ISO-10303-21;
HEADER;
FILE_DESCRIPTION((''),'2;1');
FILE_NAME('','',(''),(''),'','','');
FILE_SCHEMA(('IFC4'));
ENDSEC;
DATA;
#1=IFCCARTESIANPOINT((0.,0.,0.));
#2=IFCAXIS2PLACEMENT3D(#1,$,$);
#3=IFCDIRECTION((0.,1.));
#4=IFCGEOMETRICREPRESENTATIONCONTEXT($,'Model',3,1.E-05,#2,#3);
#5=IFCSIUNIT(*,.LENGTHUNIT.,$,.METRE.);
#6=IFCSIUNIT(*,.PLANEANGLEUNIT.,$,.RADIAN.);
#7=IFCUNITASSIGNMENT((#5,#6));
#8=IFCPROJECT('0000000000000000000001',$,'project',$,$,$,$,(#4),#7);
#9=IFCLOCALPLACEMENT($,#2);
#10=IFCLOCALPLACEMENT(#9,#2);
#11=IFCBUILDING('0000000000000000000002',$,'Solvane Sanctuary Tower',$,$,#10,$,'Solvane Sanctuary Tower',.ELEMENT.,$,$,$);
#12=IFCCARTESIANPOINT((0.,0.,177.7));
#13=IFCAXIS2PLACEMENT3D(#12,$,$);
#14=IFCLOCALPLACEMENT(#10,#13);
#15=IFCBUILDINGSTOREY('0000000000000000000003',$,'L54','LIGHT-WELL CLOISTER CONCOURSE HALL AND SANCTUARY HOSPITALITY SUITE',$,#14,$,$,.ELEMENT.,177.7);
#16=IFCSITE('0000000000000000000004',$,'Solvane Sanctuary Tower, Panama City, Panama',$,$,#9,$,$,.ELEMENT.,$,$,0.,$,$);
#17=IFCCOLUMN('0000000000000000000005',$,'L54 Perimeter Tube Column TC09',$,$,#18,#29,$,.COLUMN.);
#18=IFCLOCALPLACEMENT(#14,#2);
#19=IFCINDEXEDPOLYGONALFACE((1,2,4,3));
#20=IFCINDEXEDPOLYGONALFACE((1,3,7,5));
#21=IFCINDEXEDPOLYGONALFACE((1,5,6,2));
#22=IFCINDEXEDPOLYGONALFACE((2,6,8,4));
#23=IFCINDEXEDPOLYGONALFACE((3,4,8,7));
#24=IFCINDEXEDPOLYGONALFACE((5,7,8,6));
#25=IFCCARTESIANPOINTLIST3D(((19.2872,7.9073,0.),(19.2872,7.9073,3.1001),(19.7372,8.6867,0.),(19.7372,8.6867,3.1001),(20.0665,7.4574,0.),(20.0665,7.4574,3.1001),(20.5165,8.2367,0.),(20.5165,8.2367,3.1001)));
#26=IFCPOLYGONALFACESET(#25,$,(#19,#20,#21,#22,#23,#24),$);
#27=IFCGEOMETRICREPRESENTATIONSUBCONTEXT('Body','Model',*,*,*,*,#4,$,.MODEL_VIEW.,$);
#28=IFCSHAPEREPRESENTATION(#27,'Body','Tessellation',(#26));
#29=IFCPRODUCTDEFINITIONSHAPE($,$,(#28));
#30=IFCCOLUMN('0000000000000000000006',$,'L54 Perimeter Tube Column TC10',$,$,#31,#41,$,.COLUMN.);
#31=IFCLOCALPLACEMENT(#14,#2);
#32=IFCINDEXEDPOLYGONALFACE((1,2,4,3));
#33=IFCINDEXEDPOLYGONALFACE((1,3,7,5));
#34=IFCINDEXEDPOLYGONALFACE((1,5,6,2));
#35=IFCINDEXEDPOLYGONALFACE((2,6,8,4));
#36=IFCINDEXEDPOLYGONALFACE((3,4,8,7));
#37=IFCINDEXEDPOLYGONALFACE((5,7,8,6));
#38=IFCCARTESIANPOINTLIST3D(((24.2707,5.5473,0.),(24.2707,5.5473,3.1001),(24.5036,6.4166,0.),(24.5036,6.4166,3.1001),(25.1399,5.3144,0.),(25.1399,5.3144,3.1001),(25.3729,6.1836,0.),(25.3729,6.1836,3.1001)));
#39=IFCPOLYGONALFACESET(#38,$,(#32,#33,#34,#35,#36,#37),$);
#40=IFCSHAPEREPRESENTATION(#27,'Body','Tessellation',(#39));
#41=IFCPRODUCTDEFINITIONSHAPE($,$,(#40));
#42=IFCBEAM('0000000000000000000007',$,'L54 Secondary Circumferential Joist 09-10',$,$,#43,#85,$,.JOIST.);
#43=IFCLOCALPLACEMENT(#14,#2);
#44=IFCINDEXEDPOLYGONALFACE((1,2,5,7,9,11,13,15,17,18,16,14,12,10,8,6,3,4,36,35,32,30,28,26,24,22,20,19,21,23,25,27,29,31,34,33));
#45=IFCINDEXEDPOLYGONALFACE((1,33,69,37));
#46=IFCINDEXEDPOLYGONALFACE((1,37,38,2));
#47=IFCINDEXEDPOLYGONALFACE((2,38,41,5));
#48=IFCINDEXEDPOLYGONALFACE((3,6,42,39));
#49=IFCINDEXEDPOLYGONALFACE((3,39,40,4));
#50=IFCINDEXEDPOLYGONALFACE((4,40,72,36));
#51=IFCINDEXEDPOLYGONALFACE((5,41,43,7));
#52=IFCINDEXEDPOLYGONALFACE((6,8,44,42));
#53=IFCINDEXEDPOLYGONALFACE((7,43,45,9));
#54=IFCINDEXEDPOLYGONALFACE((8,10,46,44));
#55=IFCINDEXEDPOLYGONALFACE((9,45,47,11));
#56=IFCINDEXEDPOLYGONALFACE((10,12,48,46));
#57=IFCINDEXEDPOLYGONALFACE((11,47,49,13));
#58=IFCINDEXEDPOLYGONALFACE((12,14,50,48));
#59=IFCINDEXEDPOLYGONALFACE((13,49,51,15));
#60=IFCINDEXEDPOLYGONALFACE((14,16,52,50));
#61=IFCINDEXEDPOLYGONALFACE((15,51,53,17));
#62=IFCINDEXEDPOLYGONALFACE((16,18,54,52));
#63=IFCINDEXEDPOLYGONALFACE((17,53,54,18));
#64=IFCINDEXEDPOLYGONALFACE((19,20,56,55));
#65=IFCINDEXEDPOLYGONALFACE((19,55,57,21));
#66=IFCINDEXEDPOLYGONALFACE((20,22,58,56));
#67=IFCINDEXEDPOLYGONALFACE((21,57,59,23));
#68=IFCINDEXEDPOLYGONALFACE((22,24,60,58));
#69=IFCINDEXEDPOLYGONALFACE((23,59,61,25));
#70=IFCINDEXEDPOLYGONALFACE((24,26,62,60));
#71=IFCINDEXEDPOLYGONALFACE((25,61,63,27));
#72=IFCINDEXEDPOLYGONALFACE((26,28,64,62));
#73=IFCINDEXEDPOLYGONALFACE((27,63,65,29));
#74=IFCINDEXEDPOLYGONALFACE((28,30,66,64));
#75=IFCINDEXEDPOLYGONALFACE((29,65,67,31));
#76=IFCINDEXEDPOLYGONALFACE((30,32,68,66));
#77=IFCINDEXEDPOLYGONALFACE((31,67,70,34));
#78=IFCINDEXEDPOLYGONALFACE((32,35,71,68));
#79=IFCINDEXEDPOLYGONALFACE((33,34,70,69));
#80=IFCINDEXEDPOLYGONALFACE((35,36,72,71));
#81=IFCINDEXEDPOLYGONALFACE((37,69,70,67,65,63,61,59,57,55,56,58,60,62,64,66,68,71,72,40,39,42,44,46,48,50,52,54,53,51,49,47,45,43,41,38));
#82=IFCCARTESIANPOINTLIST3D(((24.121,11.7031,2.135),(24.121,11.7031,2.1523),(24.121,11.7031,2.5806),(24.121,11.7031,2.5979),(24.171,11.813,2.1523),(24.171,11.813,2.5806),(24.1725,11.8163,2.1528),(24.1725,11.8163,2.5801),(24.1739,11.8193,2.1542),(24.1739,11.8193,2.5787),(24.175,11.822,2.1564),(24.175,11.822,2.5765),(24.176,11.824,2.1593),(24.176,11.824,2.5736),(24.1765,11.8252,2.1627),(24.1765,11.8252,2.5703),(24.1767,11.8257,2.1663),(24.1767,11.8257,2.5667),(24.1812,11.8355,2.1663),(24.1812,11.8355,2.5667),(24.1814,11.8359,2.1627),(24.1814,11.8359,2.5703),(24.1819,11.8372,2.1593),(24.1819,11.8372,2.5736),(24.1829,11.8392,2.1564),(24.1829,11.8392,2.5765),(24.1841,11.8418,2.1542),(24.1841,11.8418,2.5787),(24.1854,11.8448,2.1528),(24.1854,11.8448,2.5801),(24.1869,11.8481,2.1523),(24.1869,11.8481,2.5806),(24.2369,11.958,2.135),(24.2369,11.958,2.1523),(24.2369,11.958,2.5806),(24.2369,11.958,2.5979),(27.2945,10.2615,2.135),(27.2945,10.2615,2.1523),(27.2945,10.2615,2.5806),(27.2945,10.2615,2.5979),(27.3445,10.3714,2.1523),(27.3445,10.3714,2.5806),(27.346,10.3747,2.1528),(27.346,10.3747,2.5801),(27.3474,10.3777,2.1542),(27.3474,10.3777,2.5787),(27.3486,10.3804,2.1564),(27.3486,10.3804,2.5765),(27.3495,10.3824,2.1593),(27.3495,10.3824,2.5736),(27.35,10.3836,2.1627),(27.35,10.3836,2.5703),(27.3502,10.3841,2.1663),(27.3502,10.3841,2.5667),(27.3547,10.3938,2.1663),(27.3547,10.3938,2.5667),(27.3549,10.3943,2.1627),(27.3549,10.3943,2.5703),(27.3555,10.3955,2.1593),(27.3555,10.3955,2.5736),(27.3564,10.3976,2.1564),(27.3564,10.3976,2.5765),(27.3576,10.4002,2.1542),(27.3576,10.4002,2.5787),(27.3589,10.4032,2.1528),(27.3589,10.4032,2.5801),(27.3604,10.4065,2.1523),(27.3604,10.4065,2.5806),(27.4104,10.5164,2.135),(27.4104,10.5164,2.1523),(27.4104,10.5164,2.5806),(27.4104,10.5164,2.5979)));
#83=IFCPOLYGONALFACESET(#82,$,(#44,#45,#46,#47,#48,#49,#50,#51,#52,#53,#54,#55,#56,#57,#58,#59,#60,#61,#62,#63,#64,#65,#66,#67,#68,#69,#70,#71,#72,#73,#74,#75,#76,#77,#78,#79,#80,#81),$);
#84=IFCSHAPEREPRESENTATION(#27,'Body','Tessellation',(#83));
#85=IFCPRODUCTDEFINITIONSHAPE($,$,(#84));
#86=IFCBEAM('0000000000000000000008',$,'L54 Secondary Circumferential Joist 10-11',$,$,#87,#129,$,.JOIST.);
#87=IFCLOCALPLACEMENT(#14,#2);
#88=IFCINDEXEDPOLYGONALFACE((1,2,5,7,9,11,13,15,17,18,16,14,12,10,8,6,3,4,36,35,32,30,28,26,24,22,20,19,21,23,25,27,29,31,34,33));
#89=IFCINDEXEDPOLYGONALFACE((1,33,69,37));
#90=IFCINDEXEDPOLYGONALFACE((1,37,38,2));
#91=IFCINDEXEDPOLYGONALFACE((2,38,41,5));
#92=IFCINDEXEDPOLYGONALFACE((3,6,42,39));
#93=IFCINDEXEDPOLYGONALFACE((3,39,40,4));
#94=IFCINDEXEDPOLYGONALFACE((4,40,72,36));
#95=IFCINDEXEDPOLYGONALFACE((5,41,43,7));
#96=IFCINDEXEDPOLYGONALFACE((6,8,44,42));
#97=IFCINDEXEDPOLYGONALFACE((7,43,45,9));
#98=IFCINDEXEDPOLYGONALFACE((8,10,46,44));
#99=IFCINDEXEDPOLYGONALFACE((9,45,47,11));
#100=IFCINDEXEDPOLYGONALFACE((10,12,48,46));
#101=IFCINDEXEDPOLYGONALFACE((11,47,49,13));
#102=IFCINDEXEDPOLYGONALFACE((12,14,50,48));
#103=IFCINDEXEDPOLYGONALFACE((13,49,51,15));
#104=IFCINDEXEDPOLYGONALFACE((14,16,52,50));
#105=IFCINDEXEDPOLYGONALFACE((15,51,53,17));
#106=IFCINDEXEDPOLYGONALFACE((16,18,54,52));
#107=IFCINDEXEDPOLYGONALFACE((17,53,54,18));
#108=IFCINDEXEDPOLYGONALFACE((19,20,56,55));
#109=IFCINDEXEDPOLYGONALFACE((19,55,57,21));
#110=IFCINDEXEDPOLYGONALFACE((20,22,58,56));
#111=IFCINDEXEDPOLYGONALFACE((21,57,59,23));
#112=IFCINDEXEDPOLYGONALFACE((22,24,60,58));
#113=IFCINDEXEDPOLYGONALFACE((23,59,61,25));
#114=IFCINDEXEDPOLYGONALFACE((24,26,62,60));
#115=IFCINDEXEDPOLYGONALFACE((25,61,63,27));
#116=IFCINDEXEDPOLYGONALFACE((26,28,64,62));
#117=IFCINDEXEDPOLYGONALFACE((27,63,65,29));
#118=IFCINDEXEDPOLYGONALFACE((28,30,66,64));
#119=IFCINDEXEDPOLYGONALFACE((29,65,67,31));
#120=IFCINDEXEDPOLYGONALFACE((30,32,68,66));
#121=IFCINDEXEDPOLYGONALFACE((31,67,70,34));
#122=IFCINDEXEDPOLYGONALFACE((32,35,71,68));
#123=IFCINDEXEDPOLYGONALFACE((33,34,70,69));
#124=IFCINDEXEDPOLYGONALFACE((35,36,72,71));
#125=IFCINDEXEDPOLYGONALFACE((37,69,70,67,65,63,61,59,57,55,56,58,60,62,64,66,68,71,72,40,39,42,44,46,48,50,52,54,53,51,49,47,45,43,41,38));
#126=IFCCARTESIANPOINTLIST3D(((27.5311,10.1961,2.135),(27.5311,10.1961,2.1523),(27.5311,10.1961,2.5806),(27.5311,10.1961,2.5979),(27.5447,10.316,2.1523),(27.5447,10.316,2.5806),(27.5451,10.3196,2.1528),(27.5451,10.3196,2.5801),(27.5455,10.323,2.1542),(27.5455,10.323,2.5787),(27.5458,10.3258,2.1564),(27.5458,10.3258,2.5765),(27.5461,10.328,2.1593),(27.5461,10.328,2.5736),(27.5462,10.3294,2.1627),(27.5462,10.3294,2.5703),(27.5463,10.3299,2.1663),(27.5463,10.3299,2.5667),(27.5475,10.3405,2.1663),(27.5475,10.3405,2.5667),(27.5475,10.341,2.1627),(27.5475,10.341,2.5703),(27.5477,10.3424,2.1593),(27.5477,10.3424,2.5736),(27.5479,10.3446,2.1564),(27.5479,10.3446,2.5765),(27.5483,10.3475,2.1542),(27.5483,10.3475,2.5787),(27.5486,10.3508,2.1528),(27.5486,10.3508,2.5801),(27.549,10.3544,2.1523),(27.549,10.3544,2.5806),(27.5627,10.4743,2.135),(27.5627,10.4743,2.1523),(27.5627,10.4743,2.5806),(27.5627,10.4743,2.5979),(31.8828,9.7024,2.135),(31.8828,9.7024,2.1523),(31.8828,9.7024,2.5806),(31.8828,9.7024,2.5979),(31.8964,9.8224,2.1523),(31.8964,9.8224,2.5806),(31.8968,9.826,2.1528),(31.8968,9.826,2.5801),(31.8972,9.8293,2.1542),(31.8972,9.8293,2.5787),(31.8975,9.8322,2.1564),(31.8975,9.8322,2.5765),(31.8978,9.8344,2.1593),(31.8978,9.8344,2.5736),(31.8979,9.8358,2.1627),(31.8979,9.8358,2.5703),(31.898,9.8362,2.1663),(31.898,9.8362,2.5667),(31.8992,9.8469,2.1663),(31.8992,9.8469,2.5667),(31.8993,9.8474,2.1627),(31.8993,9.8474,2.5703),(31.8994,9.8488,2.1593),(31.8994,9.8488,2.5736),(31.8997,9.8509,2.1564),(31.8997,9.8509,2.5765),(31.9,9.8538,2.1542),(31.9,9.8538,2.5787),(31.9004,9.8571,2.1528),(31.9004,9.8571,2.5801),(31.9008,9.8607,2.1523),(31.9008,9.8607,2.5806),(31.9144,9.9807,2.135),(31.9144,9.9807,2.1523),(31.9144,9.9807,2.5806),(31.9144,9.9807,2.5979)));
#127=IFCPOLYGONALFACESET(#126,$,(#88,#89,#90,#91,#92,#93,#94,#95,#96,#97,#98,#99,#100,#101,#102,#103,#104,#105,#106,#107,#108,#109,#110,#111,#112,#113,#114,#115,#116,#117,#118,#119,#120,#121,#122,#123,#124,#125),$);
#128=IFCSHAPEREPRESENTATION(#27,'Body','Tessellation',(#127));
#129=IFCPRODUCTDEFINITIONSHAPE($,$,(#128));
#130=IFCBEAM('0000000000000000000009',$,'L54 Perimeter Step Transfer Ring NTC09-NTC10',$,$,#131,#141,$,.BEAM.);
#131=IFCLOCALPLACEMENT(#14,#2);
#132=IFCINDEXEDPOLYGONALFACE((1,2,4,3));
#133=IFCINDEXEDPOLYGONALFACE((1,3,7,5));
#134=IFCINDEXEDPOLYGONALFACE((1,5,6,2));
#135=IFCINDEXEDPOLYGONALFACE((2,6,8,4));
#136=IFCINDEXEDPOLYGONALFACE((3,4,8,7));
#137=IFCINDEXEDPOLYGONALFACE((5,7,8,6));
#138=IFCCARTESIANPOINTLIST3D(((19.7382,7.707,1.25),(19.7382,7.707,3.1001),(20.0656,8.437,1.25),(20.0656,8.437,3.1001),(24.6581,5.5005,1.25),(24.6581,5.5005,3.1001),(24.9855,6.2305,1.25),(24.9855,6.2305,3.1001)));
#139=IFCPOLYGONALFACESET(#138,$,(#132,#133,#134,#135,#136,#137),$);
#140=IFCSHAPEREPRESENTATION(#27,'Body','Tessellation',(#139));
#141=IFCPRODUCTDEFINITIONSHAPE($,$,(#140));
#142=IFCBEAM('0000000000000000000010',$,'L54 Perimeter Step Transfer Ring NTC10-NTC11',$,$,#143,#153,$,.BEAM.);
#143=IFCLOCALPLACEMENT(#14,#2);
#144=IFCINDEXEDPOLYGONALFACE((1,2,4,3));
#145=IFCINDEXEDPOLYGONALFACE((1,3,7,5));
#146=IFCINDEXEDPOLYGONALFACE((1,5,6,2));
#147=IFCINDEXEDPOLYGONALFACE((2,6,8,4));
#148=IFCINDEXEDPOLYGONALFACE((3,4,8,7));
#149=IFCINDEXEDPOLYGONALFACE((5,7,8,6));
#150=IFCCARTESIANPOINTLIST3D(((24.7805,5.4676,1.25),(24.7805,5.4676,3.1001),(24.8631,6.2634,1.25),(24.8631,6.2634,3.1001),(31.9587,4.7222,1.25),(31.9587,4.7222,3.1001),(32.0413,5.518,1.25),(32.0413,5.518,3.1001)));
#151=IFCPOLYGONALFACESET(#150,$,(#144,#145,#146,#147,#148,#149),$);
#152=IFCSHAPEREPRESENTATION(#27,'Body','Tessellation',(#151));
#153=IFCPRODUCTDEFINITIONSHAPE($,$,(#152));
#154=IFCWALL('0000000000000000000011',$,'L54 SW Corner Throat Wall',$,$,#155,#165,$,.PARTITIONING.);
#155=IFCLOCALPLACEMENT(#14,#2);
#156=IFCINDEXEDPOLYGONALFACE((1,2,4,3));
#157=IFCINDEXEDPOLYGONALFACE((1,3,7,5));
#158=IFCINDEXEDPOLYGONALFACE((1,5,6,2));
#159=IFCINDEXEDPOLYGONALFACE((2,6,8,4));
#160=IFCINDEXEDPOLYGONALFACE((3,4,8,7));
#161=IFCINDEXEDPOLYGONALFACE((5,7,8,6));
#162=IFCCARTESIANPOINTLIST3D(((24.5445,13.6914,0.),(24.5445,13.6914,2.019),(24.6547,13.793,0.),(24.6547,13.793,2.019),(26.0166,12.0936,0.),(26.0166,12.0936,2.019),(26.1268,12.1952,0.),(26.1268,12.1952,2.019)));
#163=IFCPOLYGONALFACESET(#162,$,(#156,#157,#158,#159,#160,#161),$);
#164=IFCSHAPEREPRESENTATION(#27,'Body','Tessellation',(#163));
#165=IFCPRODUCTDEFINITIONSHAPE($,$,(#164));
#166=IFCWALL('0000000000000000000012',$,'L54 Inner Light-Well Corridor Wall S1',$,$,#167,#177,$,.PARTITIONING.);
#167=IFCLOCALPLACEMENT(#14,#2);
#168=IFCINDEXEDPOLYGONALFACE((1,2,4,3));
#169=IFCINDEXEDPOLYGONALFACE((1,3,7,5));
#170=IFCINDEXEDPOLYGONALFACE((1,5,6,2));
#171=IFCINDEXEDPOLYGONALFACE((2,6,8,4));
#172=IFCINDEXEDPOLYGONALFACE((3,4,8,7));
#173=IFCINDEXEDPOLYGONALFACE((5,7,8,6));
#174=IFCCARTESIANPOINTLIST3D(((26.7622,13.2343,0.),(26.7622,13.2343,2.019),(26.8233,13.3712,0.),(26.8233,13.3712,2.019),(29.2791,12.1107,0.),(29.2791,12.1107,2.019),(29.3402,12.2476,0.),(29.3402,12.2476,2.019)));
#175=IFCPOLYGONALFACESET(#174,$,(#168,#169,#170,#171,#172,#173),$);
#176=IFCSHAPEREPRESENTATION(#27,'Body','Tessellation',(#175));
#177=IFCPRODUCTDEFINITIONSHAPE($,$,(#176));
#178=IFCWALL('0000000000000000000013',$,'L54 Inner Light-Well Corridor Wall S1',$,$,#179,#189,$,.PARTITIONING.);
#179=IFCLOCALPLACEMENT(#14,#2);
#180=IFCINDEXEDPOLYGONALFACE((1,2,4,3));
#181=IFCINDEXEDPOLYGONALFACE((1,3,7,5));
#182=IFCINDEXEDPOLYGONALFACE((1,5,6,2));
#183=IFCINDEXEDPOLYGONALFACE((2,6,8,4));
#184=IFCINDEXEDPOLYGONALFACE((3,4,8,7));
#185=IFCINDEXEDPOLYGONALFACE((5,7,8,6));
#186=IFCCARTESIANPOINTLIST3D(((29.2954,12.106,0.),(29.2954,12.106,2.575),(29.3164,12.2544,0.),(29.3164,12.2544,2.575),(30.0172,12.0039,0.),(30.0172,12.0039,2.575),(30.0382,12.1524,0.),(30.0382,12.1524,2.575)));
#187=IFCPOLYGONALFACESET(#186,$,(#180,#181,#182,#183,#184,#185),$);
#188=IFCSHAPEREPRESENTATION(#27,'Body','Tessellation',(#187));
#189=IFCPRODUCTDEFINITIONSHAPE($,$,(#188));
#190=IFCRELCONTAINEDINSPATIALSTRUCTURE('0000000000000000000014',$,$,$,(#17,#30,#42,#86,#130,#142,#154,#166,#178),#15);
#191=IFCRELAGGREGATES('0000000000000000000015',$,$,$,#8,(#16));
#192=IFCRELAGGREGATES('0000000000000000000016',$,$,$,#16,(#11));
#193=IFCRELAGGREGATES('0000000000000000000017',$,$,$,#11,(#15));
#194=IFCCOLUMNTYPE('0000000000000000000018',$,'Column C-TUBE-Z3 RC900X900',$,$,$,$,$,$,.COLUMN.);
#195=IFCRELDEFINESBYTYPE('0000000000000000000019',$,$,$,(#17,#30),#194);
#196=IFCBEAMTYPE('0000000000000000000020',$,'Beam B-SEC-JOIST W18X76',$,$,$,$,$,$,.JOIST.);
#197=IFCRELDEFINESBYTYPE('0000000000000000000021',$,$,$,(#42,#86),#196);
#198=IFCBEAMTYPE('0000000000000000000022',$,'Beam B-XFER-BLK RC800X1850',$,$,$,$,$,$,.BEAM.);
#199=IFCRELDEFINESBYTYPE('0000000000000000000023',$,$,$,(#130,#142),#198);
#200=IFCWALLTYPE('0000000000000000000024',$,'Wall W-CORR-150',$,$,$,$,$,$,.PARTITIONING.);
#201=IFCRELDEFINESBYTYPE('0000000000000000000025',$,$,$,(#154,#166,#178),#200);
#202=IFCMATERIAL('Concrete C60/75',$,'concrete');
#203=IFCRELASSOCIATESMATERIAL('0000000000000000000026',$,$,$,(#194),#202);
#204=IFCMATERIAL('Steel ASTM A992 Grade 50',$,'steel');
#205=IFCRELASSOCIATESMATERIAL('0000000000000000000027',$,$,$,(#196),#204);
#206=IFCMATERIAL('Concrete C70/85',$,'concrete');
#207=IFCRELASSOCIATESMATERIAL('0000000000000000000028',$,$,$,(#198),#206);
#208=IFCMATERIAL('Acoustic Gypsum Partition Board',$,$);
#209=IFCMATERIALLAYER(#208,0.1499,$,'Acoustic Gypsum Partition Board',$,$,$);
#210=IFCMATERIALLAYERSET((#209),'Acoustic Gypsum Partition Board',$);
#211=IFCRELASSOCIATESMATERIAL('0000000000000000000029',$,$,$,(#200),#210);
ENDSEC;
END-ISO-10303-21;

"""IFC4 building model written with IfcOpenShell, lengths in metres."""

from ifc_helpers import new_model, si_unit, direction, frame, frame_2d, origin, origin_2d, place, context, subcontext, project, spatial, rectangle, i_section, extrude, material, layer, layer_set, material_profile, profile_set, type_object, element, save


model = new_model("IFC4")

# Units and contexts
model_context = context("Model", 3, precision=1e-05, world=origin(), true_north=direction((0.0, 1.0)))
body_context = subcontext(model_context, "Body", "Model", "MODEL_VIEW")
ifc_project = project(units=[si_unit("LENGTHUNIT", "METRE"), si_unit("PLANEANGLEUNIT", "RADIAN")], contexts=[model_context])

# Site, building, storey
site_placement = place(None, origin())
site = spatial("IfcSite", under=ifc_project, at=site_placement, Name="Solvane Sanctuary Tower, Panama City, Panama", CompositionType="ELEMENT", RefElevation=0.0)
building_placement = place(site_placement, origin())
building = spatial("IfcBuilding", under=site, at=building_placement, Name="Solvane Sanctuary Tower", LongName="Solvane Sanctuary Tower", CompositionType="ELEMENT")
storey_placement = place(building_placement, frame((0.0, 0.0, 177.7)))
storey = spatial("IfcBuildingStorey", under=building, at=storey_placement, Name="L54", Description="LIGHT-WELL CLOISTER CONCOURSE HALL AND SANCTUARY HOSPITALITY SUITE", CompositionType="ELEMENT", Elevation=177.7)

# Columns
ifc_material_1 = material(Name="Concrete C60/75", Category="concrete")
ifc_material_profile_1 = material_profile(ifc_material_1, rectangle(XDim=0.8999, YDim=0.8999, at=origin_2d()), Name="RC900X900")
ifc_profile_set_1 = profile_set([ifc_material_profile_1], Name="Concrete C60/75")
column_type = type_object("IfcColumnType", Name="Column C-TUBE-Z3 RC900X900", PredefinedType="COLUMN", material=ifc_profile_set_1)
for number, where, z_axis, x_axis, name in (
    (1, (19.9019, 8.072, 0.0), (0.0, 0.0, 1.0), (-0.5, -0.866025, 0.0), "L54 Perimeter Tube Column TC09"),
    (2, (24.8218, 5.8655, 0.0), (0.0, 0.0, 1.0), (-0.258819, -0.965926, 0.0), "L54 Perimeter Tube Column TC10"),
):
    element("IfcColumn", number, at=place(storey_placement, frame(where, z_axis=z_axis, x_axis=x_axis)), inside=storey, type_object=column_type, Name=name, PredefinedType="COLUMN", context=body_context, shape_type="SweptSolid", body=[
        extrude(rectangle(XDim=0.8999, YDim=0.8999, at=origin_2d()), origin(), (0.0, 0.0, 1.0), 3.1001),
    ])

# Beams
ifc_material_2 = material(Name="Steel ASTM A992 Grade 50", Category="steel")
ifc_material_profile_2 = material_profile(ifc_material_2, i_section(OverallWidth=0.28, OverallDepth=0.4629, WebThickness=0.0107, FlangeThickness=0.0173, FilletRadius=0.0139, at=origin_2d()), Name="W18X76")
ifc_profile_set_2 = profile_set([ifc_material_profile_2], Name="Steel ASTM A992 Grade 50")
beam_type_1 = type_object("IfcBeamType", Name="Beam B-SEC-JOIST W18X76", PredefinedType="JOIST", material=ifc_profile_set_2)
beam_1_placement = place(storey_placement, frame((24.179, 11.8306, 2.3665), z_axis=(0.910462, -0.413592, 0.0), x_axis=(0.413592, 0.910462, 0.0)))
element("IfcBeam", 3, at=beam_1_placement, inside=storey, type_object=beam_type_1, Name="L54 Secondary Circumferential Joist 09-10", PredefinedType="JOIST", context=body_context, shape_type="SweptSolid", body=[
    extrude(i_section(OverallWidth=0.28, OverallDepth=0.4629, WebThickness=0.0107, FlangeThickness=0.0173, FilletRadius=0.0139, at=origin_2d()), origin(), (0.0, 0.0, 1.0), 3.4856),
])
beam_2_placement = place(storey_placement, frame((27.5469, 10.3352, 2.3665), z_axis=(0.993628, -0.112713, 0.0), x_axis=(0.112713, 0.993628, 0.0)))
element("IfcBeam", 4, at=beam_2_placement, inside=storey, type_object=beam_type_1, Name="L54 Secondary Circumferential Joist 10-11", PredefinedType="JOIST", context=body_context, shape_type="SweptSolid", body=[
    extrude(i_section(OverallWidth=0.28, OverallDepth=0.4629, WebThickness=0.0107, FlangeThickness=0.0173, FilletRadius=0.0139, at=origin_2d()), origin(), (0.0, 0.0, 1.0), 4.3796),
])
ifc_material_3 = material(Name="Concrete C70/85", Category="concrete")
ifc_material_profile_3 = material_profile(ifc_material_3, rectangle(XDim=0.8, YDim=1.8501, at=origin_2d()), Name="RC800X1850")
ifc_profile_set_3 = profile_set([ifc_material_profile_3], Name="Concrete C70/85")
beam_type_2 = type_object("IfcBeamType", Name="Beam B-XFER-BLK RC800X1850", PredefinedType="BEAM", material=ifc_profile_set_3)
beam_3_placement = place(storey_placement, frame((19.9019, 8.072, 2.175), z_axis=(0.912436, -0.40922, 0.0), x_axis=(0.40922, 0.912436, 0.0)))
element("IfcBeam", 5, at=beam_3_placement, inside=storey, type_object=beam_type_2, Name="L54 Perimeter Step Transfer Ring NTC09-NTC10", PredefinedType="BEAM", context=body_context, shape_type="SweptSolid", body=[
    extrude(rectangle(XDim=0.8, YDim=1.8501, at=origin_2d()), origin(), (0.0, 0.0, 1.0), 5.3921),
])
beam_4_placement = place(storey_placement, frame((24.8218, 5.8655, 2.175), z_axis=(0.994652, -0.103281, 0.0), x_axis=(0.103281, 0.994652, 0.0)))
element("IfcBeam", 6, at=beam_4_placement, inside=storey, type_object=beam_type_2, Name="L54 Perimeter Step Transfer Ring NTC10-NTC11", PredefinedType="BEAM", context=body_context, shape_type="SweptSolid", body=[
    extrude(rectangle(XDim=0.8, YDim=1.8501, at=origin_2d()), origin(), (0.0, 0.0, 1.0), 7.2168),
])

# Walls
ifc_material_4 = material(Name="Acoustic Gypsum Partition Board")
ifc_layer_1 = layer(ifc_material_4, 0.1499, Name="Acoustic Gypsum Partition Board")
ifc_layer_set_1 = layer_set([ifc_layer_1], Name="Acoustic Gypsum Partition Board")
wall_type_1 = type_object("IfcWallType", Name="Wall W-CORR-150", PredefinedType="PARTITIONING", material=ifc_layer_set_1)
wall_1_placement = place(storey_placement, frame((26.0718, 12.1443, 0.0), z_axis=(0.0, 0.0, 1.0), x_axis=(-0.67758, 0.735449, 0.0)))
element("IfcWall", 7, at=wall_1_placement, inside=storey, type_object=wall_type_1, Name="L54 SW Corner Throat Wall", PredefinedType="PARTITIONING", context=body_context, shape_type="SweptSolid", body=[
    extrude(rectangle(XDim=2.1726, YDim=0.1499, at=frame_2d((1.0864, 0.0))), origin(), (0.0, 0.0, 1.0), 2.019),
])
wall_2_placement = place(storey_placement, frame((26.7927, 13.3027, 0.0), z_axis=(0.0, 0.0, 1.0), x_axis=(0.913146, -0.407634, 0.0)))
element("IfcWall", 8, at=wall_2_placement, inside=storey, type_object=wall_type_1, Name="L54 Inner Light-Well Corridor Wall S1", PredefinedType="PARTITIONING", context=body_context, shape_type="SweptSolid", body=[
    extrude(rectangle(XDim=2.7563, YDim=0.1499, at=frame_2d((1.3782, 0.0))), origin(), (0.0, 0.0, 1.0), 2.019),
])
wall_3_placement = place(storey_placement, frame((29.3059, 12.1802, 0.0), z_axis=(0.0, 0.0, 1.0), x_axis=(0.990156, -0.139968, 0.0)))
element("IfcWall", 9, at=wall_3_placement, inside=storey, type_object=wall_type_1, Name="L54 Inner Light-Well Corridor Wall S1", PredefinedType="PARTITIONING", context=body_context, shape_type="SweptSolid", body=[
    extrude(rectangle(XDim=0.729, YDim=0.1499, at=frame_2d((0.3645, 0.0))), origin(), (0.0, 0.0, 1.0), 2.575),
])

save(model, "model.ifc")
